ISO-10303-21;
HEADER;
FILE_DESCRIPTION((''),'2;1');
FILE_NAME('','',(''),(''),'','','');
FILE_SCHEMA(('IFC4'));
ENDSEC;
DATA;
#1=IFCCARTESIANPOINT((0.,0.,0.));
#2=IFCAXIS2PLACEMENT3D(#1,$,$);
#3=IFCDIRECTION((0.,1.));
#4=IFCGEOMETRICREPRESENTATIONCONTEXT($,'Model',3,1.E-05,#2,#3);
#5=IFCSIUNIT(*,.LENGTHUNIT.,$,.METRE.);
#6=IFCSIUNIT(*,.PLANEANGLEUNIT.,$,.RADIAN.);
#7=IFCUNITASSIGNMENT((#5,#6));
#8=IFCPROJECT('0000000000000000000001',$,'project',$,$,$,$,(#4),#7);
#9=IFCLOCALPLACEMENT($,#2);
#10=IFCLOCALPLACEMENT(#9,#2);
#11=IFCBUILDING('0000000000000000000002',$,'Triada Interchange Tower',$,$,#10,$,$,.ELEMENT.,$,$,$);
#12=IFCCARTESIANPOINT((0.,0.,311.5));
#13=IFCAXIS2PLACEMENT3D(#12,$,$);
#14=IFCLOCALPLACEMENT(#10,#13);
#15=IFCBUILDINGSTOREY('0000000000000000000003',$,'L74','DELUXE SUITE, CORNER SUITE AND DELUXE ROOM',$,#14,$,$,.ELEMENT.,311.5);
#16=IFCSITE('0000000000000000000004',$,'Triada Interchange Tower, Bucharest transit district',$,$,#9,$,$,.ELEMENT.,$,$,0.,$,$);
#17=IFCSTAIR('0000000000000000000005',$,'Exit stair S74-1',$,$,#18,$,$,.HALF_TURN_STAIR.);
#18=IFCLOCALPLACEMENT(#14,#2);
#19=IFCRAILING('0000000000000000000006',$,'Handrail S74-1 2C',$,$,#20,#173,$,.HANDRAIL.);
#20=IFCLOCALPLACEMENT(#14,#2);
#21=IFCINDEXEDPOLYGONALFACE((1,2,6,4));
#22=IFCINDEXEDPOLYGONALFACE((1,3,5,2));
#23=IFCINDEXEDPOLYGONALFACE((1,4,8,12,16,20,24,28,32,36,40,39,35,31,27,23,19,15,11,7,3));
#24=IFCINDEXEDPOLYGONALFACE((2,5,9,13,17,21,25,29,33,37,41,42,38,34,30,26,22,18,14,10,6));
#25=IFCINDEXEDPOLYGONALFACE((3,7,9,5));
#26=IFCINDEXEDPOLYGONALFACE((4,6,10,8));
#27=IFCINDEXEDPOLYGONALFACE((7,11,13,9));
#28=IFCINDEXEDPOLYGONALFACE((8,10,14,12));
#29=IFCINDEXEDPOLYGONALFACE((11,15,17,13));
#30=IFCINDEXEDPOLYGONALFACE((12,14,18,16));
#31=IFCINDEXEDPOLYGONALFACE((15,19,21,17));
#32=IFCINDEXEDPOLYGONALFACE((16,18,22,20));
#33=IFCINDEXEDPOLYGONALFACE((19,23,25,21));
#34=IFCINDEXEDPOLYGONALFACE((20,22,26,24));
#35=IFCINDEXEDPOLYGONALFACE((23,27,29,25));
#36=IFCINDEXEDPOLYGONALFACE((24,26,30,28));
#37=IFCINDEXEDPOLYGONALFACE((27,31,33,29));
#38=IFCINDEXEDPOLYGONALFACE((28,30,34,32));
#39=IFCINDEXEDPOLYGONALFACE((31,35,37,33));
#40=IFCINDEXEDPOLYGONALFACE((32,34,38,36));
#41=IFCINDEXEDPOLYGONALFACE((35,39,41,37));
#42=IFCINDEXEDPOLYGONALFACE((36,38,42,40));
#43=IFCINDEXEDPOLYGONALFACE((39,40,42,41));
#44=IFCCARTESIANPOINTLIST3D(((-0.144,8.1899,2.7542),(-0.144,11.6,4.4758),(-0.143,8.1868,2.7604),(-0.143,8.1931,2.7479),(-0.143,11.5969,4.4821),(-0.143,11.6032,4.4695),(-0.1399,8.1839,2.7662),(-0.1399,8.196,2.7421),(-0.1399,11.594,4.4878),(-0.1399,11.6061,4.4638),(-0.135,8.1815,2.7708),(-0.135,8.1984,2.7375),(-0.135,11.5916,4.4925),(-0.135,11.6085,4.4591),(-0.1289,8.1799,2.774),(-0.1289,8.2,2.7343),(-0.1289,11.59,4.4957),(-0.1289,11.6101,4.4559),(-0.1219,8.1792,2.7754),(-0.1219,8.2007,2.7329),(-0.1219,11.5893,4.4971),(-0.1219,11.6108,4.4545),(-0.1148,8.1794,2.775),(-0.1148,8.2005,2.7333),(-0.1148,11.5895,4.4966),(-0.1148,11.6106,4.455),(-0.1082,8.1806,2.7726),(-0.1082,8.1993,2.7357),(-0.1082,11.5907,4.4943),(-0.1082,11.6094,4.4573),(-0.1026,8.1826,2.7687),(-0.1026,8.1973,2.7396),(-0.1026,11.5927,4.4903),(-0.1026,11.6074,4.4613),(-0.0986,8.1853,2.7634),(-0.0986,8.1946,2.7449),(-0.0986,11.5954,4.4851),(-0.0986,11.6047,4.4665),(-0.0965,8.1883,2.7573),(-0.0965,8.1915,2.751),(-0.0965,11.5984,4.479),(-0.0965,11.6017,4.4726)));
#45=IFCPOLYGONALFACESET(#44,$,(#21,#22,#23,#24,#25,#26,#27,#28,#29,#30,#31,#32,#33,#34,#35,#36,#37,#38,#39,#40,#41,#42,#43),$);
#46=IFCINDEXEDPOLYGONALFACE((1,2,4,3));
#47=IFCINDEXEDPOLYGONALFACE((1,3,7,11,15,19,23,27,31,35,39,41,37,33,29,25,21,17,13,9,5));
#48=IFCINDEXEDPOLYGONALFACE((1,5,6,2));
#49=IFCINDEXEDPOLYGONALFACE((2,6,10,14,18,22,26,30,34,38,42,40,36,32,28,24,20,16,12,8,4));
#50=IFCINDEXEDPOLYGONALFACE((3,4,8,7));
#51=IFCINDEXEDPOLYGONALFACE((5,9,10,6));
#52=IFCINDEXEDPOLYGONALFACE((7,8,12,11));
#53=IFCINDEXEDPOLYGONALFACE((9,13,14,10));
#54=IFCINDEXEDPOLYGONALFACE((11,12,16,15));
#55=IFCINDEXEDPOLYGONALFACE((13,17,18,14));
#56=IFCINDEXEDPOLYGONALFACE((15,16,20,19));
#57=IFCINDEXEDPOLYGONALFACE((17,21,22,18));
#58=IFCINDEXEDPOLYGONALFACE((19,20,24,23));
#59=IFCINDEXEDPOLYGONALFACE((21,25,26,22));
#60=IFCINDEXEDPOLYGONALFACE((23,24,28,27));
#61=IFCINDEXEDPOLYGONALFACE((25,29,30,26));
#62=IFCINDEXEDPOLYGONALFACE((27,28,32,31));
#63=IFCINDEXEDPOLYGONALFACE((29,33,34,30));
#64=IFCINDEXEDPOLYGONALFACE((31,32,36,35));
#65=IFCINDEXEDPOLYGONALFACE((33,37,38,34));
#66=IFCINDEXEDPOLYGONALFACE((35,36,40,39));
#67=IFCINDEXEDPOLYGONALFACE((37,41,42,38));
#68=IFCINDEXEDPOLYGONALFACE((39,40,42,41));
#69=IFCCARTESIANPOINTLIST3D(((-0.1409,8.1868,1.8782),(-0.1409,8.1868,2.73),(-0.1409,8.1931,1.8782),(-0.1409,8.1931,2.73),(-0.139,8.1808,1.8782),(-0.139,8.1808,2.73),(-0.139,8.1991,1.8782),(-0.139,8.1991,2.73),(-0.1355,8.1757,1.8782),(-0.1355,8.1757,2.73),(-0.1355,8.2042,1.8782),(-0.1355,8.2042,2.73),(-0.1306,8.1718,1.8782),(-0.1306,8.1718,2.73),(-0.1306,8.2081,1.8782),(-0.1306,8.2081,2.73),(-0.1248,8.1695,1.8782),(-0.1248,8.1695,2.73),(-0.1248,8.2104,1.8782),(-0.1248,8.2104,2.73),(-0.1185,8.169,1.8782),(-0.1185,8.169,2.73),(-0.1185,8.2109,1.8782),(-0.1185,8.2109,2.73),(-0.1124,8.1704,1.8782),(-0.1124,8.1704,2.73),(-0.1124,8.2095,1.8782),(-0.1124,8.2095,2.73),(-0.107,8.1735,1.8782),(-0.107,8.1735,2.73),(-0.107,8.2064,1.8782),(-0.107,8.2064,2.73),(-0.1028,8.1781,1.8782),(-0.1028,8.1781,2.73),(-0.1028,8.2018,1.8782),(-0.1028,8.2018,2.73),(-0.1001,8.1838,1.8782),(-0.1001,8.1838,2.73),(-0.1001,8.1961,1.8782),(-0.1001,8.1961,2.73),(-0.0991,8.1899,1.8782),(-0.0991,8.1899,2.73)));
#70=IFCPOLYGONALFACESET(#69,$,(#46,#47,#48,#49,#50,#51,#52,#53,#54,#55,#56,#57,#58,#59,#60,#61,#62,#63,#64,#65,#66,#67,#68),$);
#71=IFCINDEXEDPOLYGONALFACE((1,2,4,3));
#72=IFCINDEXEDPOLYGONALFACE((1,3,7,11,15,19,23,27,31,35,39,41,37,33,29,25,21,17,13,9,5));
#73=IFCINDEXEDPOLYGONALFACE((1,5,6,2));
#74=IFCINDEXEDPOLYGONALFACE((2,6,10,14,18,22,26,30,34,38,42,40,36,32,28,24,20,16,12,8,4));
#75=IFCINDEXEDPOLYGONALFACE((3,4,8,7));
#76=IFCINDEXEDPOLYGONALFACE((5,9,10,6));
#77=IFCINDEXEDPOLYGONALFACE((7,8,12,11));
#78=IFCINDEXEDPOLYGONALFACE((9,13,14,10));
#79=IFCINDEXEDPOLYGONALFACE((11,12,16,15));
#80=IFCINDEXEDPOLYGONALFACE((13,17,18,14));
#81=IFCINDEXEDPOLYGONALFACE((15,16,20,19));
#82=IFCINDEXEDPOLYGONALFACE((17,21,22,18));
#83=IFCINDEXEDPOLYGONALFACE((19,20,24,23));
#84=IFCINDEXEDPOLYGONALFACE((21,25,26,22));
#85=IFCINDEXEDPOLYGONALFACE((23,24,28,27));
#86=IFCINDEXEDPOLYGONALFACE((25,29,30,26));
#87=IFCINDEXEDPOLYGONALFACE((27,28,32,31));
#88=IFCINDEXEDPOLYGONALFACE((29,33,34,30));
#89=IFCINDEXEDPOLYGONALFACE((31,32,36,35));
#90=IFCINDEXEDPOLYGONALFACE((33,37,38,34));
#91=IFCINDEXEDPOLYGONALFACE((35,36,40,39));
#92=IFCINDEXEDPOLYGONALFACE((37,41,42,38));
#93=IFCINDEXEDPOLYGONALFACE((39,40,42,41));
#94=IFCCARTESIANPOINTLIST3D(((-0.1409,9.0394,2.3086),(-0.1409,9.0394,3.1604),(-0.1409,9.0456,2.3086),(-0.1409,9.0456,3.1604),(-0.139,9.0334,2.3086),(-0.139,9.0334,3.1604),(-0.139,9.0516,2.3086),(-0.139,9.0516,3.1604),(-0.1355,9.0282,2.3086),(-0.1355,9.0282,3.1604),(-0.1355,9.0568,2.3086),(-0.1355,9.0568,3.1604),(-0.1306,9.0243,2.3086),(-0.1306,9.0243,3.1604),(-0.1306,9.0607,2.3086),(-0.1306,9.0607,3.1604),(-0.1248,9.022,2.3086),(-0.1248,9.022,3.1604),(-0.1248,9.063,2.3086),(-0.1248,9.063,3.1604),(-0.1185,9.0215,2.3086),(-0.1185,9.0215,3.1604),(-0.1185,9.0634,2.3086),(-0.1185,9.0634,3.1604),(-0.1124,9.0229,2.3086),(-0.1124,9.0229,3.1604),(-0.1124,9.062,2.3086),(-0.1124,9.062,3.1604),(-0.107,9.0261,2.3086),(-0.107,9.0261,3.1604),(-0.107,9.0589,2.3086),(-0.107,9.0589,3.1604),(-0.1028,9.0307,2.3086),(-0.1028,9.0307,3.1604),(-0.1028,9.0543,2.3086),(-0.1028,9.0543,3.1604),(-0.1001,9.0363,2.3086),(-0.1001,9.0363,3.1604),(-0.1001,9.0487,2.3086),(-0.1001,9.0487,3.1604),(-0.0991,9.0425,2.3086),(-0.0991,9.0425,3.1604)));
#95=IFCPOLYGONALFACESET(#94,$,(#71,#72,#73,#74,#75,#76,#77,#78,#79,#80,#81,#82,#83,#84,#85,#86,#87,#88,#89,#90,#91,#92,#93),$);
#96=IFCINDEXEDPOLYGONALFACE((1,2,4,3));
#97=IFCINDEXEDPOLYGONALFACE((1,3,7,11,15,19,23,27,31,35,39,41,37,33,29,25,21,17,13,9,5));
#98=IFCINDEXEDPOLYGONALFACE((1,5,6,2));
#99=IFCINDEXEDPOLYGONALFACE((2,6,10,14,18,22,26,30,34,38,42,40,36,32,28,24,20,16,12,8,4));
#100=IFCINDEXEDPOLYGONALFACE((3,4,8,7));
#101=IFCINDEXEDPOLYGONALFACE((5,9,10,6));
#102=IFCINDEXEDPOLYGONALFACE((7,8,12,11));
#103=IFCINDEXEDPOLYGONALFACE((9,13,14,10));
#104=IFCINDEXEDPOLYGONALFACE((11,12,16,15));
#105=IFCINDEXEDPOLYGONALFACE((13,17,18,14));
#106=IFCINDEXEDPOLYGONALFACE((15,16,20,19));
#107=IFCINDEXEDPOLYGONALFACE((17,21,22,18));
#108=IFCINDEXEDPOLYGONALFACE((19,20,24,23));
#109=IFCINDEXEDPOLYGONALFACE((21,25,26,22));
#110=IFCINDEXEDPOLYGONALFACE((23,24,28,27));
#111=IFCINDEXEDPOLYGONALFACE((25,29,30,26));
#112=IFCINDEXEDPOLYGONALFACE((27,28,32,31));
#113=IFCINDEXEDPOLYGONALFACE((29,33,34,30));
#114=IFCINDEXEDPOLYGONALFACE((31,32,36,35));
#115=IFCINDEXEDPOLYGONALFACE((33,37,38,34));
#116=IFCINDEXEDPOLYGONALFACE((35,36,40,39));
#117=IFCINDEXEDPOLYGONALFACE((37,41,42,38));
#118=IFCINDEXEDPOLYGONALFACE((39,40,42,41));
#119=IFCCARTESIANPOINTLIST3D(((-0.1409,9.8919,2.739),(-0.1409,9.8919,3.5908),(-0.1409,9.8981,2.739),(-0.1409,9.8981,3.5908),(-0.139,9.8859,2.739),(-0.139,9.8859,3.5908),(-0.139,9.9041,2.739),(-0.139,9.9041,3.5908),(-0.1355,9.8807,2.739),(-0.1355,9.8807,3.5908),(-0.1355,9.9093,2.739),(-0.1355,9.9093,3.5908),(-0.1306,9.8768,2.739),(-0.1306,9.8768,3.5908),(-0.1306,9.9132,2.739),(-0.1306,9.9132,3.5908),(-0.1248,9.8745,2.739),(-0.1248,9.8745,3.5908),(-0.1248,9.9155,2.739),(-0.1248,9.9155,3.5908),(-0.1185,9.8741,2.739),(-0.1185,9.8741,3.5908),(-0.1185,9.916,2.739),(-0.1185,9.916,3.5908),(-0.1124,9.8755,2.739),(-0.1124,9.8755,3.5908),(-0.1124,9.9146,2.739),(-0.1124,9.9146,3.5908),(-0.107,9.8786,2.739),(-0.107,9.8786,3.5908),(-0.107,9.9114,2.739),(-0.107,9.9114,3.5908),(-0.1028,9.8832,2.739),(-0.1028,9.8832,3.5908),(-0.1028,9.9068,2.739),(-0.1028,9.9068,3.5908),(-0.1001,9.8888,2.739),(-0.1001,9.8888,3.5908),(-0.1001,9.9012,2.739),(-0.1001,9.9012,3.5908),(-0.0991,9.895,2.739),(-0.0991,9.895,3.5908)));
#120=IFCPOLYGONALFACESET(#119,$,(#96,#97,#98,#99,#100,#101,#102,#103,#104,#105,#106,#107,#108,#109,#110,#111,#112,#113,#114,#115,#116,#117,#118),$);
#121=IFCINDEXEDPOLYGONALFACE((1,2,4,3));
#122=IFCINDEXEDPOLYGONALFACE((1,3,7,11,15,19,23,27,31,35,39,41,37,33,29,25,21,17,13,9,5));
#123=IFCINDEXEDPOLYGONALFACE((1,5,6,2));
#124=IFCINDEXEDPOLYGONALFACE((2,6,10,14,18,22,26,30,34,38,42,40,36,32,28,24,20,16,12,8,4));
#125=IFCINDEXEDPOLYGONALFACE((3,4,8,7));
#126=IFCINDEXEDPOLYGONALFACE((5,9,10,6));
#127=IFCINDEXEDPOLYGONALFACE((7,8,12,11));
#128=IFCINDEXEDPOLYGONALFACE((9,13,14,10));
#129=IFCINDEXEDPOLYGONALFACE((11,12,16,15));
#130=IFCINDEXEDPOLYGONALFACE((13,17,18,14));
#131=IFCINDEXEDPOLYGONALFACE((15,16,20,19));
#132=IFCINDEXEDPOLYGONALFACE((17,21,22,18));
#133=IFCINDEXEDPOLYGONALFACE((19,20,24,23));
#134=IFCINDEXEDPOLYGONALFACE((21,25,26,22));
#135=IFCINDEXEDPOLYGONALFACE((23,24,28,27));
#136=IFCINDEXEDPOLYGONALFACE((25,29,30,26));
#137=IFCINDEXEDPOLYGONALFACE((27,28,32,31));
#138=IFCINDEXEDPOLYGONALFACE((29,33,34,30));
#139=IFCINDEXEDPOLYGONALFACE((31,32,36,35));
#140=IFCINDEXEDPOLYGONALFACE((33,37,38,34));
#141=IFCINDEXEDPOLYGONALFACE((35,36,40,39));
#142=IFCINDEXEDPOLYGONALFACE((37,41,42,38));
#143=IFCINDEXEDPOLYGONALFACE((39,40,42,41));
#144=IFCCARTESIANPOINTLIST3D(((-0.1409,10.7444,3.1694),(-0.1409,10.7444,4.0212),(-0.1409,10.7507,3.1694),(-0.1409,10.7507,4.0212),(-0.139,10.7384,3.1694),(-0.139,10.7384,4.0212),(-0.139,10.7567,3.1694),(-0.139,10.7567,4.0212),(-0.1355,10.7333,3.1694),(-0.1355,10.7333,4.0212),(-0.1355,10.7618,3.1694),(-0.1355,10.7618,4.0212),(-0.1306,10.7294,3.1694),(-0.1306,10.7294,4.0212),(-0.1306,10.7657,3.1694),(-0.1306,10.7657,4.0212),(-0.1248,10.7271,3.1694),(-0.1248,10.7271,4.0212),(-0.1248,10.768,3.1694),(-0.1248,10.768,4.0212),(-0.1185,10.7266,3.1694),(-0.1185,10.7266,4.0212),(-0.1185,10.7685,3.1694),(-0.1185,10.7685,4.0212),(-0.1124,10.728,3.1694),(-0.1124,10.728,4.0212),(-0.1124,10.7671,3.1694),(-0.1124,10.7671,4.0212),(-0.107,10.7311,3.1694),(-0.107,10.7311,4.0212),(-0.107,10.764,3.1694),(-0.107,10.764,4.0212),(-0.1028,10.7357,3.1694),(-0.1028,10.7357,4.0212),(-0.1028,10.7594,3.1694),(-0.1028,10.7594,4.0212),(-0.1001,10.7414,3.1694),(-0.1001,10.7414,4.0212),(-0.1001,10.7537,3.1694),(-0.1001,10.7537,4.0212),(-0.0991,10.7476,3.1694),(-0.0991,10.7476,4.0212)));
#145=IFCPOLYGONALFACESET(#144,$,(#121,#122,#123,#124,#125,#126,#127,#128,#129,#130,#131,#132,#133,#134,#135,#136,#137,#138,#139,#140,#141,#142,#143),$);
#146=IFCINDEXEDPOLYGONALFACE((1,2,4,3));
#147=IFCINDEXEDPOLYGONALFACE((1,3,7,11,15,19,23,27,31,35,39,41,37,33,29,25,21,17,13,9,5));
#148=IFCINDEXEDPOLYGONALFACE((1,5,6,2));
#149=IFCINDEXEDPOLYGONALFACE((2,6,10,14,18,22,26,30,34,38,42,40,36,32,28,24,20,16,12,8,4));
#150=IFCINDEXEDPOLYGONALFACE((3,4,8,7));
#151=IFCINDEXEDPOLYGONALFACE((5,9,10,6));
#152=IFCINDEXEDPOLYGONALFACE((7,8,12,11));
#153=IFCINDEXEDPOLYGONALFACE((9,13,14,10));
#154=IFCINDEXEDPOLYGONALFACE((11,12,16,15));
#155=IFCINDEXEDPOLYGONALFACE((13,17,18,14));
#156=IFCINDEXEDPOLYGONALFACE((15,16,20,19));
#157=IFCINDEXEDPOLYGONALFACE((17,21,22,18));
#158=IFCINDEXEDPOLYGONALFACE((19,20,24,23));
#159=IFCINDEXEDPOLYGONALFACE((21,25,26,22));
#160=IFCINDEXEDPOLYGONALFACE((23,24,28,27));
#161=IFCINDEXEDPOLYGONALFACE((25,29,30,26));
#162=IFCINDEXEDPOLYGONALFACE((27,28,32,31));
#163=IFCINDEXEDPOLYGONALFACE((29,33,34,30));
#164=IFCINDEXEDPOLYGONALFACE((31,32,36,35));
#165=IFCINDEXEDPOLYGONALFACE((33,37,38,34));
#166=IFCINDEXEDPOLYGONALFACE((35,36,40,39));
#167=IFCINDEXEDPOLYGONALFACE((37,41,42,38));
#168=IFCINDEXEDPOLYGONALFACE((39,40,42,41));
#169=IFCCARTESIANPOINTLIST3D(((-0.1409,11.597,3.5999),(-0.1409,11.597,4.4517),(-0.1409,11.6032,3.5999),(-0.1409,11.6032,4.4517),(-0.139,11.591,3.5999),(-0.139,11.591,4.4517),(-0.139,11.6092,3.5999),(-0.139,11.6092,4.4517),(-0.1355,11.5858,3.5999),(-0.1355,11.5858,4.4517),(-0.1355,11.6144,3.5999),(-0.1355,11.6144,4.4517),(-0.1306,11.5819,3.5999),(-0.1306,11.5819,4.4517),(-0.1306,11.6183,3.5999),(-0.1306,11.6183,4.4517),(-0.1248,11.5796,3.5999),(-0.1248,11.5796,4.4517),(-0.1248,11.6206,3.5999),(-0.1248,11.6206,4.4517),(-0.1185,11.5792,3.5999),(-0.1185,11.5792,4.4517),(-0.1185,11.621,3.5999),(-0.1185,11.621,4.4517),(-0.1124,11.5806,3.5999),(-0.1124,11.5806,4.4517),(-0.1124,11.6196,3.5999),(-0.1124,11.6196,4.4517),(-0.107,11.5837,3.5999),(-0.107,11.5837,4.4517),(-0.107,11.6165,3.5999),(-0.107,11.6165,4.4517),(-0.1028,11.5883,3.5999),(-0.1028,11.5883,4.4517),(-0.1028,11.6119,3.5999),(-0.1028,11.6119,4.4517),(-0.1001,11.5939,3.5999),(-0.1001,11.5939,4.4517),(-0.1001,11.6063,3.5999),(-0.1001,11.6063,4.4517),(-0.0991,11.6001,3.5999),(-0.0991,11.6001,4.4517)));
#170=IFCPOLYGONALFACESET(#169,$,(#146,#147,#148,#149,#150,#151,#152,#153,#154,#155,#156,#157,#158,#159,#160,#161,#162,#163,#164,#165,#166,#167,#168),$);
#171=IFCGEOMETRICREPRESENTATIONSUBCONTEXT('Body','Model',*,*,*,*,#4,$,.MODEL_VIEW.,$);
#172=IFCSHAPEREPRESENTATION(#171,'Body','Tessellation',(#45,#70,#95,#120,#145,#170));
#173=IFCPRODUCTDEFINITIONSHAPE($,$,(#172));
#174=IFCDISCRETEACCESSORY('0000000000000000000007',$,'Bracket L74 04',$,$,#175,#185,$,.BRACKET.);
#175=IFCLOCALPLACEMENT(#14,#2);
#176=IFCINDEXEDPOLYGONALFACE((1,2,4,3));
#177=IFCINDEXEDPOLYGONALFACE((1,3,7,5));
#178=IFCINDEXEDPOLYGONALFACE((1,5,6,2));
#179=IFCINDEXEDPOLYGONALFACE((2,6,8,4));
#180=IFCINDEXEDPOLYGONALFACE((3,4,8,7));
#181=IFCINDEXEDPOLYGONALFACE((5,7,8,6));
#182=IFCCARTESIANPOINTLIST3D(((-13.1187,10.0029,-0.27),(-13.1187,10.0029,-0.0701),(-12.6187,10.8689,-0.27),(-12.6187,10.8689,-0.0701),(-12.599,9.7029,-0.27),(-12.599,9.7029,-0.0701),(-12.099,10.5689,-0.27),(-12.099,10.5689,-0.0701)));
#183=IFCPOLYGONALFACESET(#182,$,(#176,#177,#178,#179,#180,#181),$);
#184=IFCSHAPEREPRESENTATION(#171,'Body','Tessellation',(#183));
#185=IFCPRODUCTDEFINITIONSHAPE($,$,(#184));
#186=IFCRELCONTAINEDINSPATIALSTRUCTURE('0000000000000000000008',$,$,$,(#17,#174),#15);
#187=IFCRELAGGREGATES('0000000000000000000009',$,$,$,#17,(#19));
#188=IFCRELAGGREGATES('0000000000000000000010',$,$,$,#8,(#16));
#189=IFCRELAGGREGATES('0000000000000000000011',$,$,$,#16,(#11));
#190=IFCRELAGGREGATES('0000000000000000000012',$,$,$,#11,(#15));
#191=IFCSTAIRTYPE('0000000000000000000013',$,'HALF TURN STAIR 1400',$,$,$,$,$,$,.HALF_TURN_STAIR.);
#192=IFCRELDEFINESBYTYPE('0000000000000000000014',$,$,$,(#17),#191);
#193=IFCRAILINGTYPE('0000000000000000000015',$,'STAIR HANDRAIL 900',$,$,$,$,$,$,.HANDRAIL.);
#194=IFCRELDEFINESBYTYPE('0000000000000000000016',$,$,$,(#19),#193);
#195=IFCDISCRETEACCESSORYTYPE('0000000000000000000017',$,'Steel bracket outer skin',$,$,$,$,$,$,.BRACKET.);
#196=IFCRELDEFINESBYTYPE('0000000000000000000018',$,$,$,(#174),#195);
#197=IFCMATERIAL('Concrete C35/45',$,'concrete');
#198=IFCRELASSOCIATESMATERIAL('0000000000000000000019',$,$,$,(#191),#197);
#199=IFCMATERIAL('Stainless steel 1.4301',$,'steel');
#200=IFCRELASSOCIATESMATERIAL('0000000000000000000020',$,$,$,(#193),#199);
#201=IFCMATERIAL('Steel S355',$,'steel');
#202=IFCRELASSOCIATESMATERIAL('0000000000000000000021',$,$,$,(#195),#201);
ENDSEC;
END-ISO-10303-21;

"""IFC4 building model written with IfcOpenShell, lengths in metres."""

from ifc_helpers import new_model, si_unit, direction, frame, origin, origin_2d, place, context, subcontext, project, spatial, rectangle, circle, extrude, material, type_object, element, aggregate, save


model = new_model("IFC4")

# Units and contexts
model_context = context("Model", 3, precision=1e-05, world=origin(), true_north=direction((0.0, 1.0)))
body_context = subcontext(model_context, "Body", "Model", "MODEL_VIEW")
ifc_project = project(units=[si_unit("LENGTHUNIT", "METRE"), si_unit("PLANEANGLEUNIT", "RADIAN")], contexts=[model_context])

# Site, building, storey
site_placement = place(None, origin())
site = spatial("IfcSite", under=ifc_project, at=site_placement, Name="Triada Interchange Tower, Bucharest transit district", CompositionType="ELEMENT", RefElevation=0.0)
building_placement = place(site_placement, origin())
building = spatial("IfcBuilding", under=site, at=building_placement, Name="Triada Interchange Tower", CompositionType="ELEMENT")
storey_placement = place(building_placement, frame((0.0, 0.0, 311.5)))
storey = spatial("IfcBuildingStorey", under=building, at=storey_placement, Name="L74", Description="DELUXE SUITE, CORNER SUITE AND DELUXE ROOM", CompositionType="ELEMENT", Elevation=311.5)

# Stair
ifc_material_1 = material(Name="Concrete C35/45", Category="concrete")
stair_type = type_object("IfcStairType", Name="HALF TURN STAIR 1400", PredefinedType="HALF_TURN_STAIR", material=ifc_material_1)
stair_placement = place(storey_placement, origin())
stair = element("IfcStair", 1, at=stair_placement, inside=storey, type_object=stair_type, Name="Exit stair S74-1", PredefinedType="HALF_TURN_STAIR")

# Railing
ifc_material_2 = material(Name="Stainless steel 1.4301", Category="steel")
railing_type = type_object("IfcRailingType", Name="STAIR HANDRAIL 900", PredefinedType="HANDRAIL", material=ifc_material_2)
railing_1_placement = place(storey_placement, frame((-0.1201, 8.1899, 1.8782)))
railing_1 = element("IfcRailing", 2, at=railing_1_placement, type_object=railing_type, Name="Handrail S74-1 2C", PredefinedType="HANDRAIL", context=body_context, shape_type="SweptSolid", body=[
    extrude(circle(Radius=0.0239, at=origin_2d()), frame((0.0, 0.0, 0.876), z_axis=(0.0, 0.892682, 0.450687), x_axis=(-1.0, 0.0, 0.0)), (0.0, 0.0, 1.0), 3.8201),
    extrude(circle(Radius=0.021, at=origin_2d()), origin(), (0.0, 0.0, 1.0), 0.8518),
    extrude(circle(Radius=0.021, at=origin_2d()), frame((0.0, 0.8525, 0.4304)), (0.0, 0.0, 1.0), 0.8518),
    extrude(circle(Radius=0.021, at=origin_2d()), frame((0.0, 1.7051, 0.8608)), (0.0, 0.0, 1.0), 0.8518),
    extrude(circle(Radius=0.021, at=origin_2d()), frame((0.0, 2.5576, 1.2913)), (0.0, 0.0, 1.0), 0.8518),
    extrude(circle(Radius=0.021, at=origin_2d()), frame((0.0, 3.4102, 1.7217)), (0.0, 0.0, 1.0), 0.8518),
])
aggregate(stair, [railing_1])

# Discrete accessory
ifc_material_3 = material(Name="Steel S355", Category="steel")
discrete_accessory_type = type_object("IfcDiscreteAccessoryType", Name="Steel bracket outer skin", PredefinedType="BRACKET", material=ifc_material_3)
discrete_accessory_placement = place(storey_placement, frame((-12.6089, 10.2859, -0.27), z_axis=(0.0, 0.0, 1.0), x_axis=(-0.866025, 0.500001, 0.0)))
element("IfcDiscreteAccessory", 3, at=discrete_accessory_placement, inside=storey, type_object=discrete_accessory_type, Name="Bracket L74 04", PredefinedType="BRACKET", context=body_context, shape_type="SweptSolid", body=[
    extrude(rectangle(XDim=0.6001, YDim=1.0, at=origin_2d()), origin(), (0.0, 0.0, 1.0), 0.2),
])

save(model, "model.ifc")
